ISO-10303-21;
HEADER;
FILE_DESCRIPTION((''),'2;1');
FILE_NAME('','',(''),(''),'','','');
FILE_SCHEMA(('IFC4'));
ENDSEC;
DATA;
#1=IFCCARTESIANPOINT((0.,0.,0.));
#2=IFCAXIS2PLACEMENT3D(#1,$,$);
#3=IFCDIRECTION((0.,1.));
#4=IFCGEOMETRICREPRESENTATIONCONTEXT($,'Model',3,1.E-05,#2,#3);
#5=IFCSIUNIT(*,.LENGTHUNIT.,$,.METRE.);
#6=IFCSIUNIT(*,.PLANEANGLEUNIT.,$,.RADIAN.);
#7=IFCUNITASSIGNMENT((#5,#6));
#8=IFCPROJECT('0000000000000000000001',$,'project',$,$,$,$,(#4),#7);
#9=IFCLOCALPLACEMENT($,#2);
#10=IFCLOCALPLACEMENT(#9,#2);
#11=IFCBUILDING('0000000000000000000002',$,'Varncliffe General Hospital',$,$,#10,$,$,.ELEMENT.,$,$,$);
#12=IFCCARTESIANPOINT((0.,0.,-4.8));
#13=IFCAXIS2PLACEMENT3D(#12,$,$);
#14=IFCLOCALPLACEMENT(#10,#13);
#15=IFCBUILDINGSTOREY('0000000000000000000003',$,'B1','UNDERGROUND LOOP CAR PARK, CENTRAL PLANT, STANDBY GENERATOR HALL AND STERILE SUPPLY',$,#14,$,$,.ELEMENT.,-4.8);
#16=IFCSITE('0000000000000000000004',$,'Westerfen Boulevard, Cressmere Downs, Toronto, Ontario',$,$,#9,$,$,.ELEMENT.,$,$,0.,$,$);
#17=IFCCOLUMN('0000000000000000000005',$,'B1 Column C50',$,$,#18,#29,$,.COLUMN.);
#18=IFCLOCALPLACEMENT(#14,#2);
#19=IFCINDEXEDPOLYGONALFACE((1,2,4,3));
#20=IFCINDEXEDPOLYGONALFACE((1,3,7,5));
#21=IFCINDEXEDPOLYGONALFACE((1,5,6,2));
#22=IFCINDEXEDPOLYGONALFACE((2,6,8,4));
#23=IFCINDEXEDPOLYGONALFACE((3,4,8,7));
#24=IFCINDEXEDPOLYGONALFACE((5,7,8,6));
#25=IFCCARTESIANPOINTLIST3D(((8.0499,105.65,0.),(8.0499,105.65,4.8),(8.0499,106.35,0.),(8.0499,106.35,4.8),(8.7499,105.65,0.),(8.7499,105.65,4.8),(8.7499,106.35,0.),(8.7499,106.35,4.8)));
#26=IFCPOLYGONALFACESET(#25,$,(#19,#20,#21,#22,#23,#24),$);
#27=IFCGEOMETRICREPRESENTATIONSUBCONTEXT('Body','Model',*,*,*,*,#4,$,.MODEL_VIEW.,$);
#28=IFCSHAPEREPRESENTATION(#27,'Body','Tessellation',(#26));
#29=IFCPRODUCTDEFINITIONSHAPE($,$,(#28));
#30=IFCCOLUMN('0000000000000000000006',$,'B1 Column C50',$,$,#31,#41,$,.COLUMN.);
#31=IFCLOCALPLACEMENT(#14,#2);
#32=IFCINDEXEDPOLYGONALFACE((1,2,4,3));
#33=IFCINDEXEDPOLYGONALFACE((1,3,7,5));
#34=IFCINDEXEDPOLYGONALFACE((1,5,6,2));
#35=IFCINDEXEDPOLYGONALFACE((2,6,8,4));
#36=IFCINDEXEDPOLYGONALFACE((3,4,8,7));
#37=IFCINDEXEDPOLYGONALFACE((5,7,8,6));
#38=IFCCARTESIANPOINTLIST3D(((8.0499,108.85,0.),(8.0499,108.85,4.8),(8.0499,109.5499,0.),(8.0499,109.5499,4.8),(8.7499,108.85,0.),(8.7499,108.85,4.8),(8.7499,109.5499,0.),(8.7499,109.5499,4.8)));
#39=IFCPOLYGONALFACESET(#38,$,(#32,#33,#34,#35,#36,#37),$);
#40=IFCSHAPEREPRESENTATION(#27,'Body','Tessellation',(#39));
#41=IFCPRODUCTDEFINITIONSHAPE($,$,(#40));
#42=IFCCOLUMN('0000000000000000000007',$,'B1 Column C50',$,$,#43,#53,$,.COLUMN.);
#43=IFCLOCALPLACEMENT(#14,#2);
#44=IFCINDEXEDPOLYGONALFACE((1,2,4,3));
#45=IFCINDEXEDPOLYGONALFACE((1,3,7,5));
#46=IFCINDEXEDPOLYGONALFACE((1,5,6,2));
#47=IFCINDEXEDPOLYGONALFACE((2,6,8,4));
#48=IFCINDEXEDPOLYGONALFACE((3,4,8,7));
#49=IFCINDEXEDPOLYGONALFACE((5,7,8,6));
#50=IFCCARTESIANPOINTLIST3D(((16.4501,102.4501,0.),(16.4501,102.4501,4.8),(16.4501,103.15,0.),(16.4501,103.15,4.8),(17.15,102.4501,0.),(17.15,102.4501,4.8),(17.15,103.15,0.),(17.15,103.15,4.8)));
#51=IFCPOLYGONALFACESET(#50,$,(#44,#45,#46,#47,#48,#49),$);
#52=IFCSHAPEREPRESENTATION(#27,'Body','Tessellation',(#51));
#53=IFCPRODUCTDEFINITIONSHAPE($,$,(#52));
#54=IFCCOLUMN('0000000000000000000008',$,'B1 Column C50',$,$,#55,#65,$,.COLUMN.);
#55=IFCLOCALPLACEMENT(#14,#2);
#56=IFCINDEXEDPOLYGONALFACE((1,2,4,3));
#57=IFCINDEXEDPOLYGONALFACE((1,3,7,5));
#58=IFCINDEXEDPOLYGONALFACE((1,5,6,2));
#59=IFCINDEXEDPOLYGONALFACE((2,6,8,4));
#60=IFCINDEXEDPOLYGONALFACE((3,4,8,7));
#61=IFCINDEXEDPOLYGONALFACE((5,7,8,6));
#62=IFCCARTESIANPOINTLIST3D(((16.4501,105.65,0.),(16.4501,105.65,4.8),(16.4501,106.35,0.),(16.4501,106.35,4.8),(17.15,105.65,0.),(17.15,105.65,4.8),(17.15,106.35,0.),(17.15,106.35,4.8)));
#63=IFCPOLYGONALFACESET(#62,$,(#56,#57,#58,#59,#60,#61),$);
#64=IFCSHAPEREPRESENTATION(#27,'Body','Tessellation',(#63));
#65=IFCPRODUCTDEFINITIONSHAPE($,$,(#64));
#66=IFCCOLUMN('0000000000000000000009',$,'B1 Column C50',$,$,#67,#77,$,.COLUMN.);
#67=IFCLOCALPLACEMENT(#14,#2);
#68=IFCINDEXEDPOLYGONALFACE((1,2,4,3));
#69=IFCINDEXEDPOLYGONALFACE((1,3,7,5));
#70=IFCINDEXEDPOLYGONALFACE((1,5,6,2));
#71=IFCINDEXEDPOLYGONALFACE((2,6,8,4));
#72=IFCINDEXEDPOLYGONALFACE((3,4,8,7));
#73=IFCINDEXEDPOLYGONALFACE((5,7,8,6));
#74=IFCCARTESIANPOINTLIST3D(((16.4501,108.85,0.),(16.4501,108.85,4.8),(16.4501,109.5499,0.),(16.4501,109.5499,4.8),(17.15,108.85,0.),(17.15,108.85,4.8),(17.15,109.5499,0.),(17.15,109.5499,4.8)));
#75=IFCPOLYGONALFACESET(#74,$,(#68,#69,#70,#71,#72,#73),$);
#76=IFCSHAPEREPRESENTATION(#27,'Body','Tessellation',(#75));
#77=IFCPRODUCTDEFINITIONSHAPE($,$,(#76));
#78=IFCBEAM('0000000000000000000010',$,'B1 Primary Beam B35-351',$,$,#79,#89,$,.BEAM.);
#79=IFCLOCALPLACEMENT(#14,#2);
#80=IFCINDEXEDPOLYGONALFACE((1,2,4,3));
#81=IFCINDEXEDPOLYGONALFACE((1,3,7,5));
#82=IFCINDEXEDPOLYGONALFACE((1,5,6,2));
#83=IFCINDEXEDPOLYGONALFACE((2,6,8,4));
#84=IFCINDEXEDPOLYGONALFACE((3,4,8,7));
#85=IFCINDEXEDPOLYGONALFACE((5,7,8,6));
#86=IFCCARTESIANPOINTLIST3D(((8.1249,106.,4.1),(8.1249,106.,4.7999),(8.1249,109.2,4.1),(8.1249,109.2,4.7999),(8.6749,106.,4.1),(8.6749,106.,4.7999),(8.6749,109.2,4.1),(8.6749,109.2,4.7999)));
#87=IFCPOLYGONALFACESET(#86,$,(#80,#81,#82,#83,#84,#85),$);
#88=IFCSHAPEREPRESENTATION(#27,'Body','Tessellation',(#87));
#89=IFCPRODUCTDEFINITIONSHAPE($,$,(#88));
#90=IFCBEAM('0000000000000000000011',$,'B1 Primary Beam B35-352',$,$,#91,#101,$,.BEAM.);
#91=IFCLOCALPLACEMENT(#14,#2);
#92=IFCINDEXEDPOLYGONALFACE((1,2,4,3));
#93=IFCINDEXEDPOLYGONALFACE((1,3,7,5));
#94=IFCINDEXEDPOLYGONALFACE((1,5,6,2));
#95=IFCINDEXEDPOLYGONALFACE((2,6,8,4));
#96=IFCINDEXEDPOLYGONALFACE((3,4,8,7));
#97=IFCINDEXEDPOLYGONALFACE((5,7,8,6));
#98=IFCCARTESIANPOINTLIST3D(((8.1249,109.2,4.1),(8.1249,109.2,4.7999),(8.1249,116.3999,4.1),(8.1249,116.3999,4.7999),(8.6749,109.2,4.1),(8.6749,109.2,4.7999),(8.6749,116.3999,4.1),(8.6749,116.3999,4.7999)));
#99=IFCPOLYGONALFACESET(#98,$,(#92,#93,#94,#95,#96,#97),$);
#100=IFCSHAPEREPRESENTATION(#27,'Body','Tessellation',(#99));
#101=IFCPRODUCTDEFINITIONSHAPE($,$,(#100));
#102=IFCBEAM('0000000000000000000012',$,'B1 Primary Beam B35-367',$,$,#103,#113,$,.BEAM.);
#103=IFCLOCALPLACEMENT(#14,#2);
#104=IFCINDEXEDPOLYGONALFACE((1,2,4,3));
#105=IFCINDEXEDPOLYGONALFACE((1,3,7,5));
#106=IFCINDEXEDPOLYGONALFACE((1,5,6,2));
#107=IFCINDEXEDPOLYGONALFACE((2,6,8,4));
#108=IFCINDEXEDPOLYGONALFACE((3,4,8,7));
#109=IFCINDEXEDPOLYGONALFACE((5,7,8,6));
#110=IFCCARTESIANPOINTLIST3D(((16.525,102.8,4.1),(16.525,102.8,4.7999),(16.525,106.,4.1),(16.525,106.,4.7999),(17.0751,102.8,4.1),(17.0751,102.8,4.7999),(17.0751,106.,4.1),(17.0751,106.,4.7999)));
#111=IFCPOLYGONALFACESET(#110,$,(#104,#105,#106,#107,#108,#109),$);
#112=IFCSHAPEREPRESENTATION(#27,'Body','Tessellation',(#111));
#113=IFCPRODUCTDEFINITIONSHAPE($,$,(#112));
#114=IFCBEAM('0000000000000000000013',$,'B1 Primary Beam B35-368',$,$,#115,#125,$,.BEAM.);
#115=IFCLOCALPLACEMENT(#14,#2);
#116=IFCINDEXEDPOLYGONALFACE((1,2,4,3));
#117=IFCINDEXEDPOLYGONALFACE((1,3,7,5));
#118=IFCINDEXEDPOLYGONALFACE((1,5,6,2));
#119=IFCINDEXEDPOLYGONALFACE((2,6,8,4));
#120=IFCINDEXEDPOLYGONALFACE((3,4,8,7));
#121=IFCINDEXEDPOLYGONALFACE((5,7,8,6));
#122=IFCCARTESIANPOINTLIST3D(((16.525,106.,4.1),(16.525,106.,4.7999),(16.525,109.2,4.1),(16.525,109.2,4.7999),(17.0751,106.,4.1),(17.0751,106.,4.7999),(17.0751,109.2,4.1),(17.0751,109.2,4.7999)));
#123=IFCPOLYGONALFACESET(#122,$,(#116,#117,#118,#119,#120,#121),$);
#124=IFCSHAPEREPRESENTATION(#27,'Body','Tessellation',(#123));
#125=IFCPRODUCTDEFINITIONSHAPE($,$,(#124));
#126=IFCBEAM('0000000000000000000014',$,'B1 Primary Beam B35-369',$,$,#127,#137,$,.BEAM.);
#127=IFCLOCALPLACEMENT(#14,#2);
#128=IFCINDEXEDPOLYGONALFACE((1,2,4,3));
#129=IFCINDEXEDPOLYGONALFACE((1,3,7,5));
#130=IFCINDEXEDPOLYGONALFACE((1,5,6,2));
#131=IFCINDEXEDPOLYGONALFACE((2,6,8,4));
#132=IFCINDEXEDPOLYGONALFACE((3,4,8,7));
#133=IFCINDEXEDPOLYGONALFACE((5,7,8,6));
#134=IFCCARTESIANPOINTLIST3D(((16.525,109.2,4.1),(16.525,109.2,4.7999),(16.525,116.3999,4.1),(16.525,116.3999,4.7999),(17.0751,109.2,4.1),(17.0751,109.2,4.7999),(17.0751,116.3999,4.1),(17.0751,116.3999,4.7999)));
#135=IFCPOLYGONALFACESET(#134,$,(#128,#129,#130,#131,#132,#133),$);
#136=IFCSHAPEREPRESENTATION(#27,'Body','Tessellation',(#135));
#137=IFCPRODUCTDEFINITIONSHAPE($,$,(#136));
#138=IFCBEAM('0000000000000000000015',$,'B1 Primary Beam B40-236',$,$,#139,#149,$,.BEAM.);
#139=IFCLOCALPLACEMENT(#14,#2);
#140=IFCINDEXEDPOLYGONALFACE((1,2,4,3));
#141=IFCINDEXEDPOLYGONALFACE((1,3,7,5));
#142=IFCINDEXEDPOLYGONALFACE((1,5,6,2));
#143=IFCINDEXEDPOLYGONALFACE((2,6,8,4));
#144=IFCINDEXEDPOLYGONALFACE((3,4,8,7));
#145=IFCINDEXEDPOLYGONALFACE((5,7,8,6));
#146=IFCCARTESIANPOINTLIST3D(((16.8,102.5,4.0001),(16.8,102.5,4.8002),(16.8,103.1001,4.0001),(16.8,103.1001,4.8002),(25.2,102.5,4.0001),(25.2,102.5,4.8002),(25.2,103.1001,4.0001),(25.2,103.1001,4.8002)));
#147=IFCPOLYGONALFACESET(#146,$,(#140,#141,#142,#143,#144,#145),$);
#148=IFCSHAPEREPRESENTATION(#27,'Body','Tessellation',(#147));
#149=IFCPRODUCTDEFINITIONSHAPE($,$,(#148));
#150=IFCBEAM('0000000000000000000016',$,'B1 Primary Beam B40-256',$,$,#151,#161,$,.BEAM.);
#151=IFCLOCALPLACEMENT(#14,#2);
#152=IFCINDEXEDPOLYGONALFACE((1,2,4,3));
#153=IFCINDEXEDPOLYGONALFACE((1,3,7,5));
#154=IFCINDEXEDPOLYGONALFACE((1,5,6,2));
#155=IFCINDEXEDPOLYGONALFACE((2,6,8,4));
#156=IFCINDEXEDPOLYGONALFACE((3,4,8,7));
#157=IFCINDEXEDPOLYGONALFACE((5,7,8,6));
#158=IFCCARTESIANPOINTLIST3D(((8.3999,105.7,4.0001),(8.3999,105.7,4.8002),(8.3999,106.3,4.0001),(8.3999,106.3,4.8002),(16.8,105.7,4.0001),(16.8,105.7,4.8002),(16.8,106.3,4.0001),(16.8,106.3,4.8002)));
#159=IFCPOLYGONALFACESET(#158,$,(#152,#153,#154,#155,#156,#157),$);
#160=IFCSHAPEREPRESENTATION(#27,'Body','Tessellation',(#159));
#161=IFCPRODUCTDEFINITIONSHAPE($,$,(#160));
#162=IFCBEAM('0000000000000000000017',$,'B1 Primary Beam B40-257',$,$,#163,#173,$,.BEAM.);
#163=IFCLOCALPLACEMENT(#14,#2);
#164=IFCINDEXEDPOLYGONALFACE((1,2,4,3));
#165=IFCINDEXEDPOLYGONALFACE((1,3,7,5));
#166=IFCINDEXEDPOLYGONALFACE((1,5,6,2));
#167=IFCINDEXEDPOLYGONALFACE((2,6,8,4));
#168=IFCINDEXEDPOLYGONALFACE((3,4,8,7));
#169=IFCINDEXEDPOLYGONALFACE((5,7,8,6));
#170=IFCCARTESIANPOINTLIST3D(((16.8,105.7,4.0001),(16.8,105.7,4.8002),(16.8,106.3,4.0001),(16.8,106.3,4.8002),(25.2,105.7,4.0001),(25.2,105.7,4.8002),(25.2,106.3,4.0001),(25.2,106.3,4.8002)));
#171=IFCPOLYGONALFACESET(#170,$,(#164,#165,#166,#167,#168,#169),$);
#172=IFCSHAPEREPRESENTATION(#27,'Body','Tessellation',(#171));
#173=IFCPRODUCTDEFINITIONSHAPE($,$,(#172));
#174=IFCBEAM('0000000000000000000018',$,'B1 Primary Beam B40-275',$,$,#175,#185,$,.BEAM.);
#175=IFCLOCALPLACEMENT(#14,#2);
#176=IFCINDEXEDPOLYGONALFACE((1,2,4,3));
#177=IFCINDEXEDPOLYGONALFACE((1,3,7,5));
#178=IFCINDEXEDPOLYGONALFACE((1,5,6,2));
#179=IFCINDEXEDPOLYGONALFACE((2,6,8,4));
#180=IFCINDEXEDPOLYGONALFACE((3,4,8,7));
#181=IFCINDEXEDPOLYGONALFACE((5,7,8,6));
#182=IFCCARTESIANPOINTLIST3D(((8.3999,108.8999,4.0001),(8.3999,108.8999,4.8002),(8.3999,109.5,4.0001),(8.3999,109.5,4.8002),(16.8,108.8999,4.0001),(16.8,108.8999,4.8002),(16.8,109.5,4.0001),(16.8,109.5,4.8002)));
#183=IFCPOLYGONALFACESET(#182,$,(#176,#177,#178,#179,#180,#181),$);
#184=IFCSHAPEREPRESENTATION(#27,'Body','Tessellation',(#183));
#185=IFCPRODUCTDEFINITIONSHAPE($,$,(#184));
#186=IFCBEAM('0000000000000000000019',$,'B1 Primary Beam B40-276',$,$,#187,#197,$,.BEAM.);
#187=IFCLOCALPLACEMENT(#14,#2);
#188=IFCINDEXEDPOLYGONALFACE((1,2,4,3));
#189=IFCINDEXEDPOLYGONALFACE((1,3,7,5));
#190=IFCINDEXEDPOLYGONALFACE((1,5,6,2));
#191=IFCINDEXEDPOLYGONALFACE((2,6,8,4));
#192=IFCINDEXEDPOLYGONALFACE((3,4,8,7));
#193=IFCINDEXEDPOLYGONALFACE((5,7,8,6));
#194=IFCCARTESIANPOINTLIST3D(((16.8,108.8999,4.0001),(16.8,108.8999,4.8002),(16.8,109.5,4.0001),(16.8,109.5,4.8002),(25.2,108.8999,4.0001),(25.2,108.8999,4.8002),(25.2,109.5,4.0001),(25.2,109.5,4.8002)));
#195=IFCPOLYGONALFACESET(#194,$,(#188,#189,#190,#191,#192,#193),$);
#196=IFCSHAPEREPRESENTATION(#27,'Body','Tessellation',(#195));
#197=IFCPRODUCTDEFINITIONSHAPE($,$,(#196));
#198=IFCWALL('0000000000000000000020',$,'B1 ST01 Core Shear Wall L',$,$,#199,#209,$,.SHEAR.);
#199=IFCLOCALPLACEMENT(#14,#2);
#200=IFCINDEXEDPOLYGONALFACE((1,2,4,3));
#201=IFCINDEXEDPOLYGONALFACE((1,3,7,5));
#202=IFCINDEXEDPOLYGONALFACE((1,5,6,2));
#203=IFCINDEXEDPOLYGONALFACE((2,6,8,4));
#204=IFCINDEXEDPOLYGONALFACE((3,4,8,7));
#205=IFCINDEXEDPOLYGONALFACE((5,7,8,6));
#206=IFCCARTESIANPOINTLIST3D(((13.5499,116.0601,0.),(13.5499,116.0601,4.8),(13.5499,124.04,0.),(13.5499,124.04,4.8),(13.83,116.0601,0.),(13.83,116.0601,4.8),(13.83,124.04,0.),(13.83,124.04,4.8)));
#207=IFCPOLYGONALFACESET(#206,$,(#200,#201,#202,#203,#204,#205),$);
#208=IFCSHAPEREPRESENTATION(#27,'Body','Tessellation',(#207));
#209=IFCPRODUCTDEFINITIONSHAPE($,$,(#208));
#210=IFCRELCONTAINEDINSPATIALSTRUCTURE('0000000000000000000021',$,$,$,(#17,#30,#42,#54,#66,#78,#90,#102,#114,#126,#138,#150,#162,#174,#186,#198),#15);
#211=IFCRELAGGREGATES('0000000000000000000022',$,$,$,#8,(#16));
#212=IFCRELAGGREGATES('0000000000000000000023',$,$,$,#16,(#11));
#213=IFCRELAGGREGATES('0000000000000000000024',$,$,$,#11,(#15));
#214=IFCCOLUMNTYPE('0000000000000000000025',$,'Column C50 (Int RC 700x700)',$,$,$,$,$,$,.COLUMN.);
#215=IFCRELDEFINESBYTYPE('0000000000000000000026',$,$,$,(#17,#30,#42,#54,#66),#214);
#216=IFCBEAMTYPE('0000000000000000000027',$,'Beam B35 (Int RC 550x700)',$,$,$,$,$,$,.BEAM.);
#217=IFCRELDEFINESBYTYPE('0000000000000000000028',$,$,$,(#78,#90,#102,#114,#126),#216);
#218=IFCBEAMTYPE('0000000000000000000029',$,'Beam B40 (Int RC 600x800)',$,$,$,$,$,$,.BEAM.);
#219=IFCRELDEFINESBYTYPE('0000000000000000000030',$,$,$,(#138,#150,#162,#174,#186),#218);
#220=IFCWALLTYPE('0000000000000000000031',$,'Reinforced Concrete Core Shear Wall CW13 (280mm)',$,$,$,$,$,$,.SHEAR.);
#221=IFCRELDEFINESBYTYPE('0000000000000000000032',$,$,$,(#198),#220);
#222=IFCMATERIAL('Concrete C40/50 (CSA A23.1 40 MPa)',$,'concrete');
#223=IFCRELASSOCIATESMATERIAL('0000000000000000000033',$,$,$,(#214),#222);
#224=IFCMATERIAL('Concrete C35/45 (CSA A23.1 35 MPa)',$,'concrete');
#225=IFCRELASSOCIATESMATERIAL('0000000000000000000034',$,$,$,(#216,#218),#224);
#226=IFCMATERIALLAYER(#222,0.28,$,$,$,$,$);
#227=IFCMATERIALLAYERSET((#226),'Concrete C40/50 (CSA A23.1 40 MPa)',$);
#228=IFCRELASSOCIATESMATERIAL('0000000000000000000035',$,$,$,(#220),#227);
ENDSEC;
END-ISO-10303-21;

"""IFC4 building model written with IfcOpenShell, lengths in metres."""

from ifc_helpers import new_model, si_unit, direction, frame, frame_2d, origin, origin_2d, place, context, subcontext, project, spatial, rectangle, extrude, material, layer, layer_set, material_profile, profile_set, type_object, element, save


model = new_model("IFC4")

# Units and contexts
model_context = context("Model", 3, precision=1e-05, world=origin(), true_north=direction((0.0, 1.0)))
body_context = subcontext(model_context, "Body", "Model", "MODEL_VIEW")
ifc_project = project(units=[si_unit("LENGTHUNIT", "METRE"), si_unit("PLANEANGLEUNIT", "RADIAN")], contexts=[model_context])

# Site, building, storey
site_placement = place(None, origin())
site = spatial("IfcSite", under=ifc_project, at=site_placement, Name="Westerfen Boulevard, Cressmere Downs, Toronto, Ontario", CompositionType="ELEMENT", RefElevation=0.0)
building_placement = place(site_placement, origin())
building = spatial("IfcBuilding", under=site, at=building_placement, Name="Varncliffe General Hospital", CompositionType="ELEMENT")
storey_placement = place(building_placement, frame((0.0, 0.0, -4.8)))
storey = spatial("IfcBuildingStorey", under=building, at=storey_placement, Name="B1", Description="UNDERGROUND LOOP CAR PARK, CENTRAL PLANT, STANDBY GENERATOR HALL AND STERILE SUPPLY", CompositionType="ELEMENT", Elevation=-4.8)

# Shared definitions
ifc_material_1 = material(Name="Concrete C40/50 (CSA A23.1 40 MPa)", Category="concrete")

# Columns
ifc_material_profile_1 = material_profile(ifc_material_1, rectangle(XDim=0.7, YDim=0.7, at=origin_2d()), Name="RC 700x700")
ifc_profile_set_1 = profile_set([ifc_material_profile_1], Name="Concrete C40/50 (CSA A23.1 40 MPa)")
column_type = type_object("IfcColumnType", Name="Column C50 (Int RC 700x700)", PredefinedType="COLUMN", material=ifc_profile_set_1)
for number, where, z_axis, x_axis, name in (
    (1, (8.3999, 106.0, 0.0), (0.0, 0.0, 1.0), (1.0, 0.0, 0.0), "B1 Column C50"),
    (2, (8.3999, 109.2, 0.0), (0.0, 0.0, 1.0), (1.0, 0.0, 0.0), "B1 Column C50"),
    (3, (16.8, 102.8, 0.0), (0.0, 0.0, 1.0), (1.0, 0.0, 0.0), "B1 Column C50"),
    (4, (16.8, 106.0, 0.0), (0.0, 0.0, 1.0), (1.0, 0.0, 0.0), "B1 Column C50"),
    (5, (16.8, 109.2, 0.0), (0.0, 0.0, 1.0), (1.0, 0.0, 0.0), "B1 Column C50"),
):
    element("IfcColumn", number, at=place(storey_placement, frame(where, z_axis=z_axis, x_axis=x_axis)), inside=storey, type_object=column_type, Name=name, PredefinedType="COLUMN", context=body_context, shape_type="SweptSolid", body=[
        extrude(rectangle(XDim=0.7, YDim=0.7, at=origin_2d()), origin(), (0.0, 0.0, 1.0), 4.8),
    ])

# Beams
ifc_material_2 = material(Name="Concrete C35/45 (CSA A23.1 35 MPa)", Category="concrete")
ifc_material_profile_2 = material_profile(ifc_material_2, rectangle(XDim=0.55, YDim=0.7, at=origin_2d()), Name="RC 550x700")
ifc_profile_set_2 = profile_set([ifc_material_profile_2], Name="Concrete C35/45 (CSA A23.1 35 MPa)")
beam_type_1 = type_object("IfcBeamType", Name="Beam B35 (Int RC 550x700)", PredefinedType="BEAM", material=ifc_profile_set_2)
beam_1_placement = place(storey_placement, frame((8.3999, 106.0, 4.45), z_axis=(0.0, 1.0, 0.0), x_axis=(-1.0, 0.0, 0.0)))
element("IfcBeam", 6, at=beam_1_placement, inside=storey, type_object=beam_type_1, Name="B1 Primary Beam B35-351", PredefinedType="BEAM", context=body_context, shape_type="SweptSolid", body=[
    extrude(rectangle(XDim=0.55, YDim=0.7, at=origin_2d()), origin(), (0.0, 0.0, 1.0), 3.2),
])
beam_2_placement = place(storey_placement, frame((8.3999, 109.2, 4.45), z_axis=(0.0, 1.0, 0.0), x_axis=(-1.0, 0.0, 0.0)))
element("IfcBeam", 7, at=beam_2_placement, inside=storey, type_object=beam_type_1, Name="B1 Primary Beam B35-352", PredefinedType="BEAM", context=body_context, shape_type="SweptSolid", body=[
    extrude(rectangle(XDim=0.55, YDim=0.7, at=origin_2d()), origin(), (0.0, 0.0, 1.0), 7.2),
])
for number, where, z_axis, x_axis, name in (
    (8, (16.8, 102.8, 4.45), (0.0, 1.0, 0.0), (-1.0, 0.0, 0.0), "B1 Primary Beam B35-367"),
    (9, (16.8, 106.0, 4.45), (0.0, 1.0, 0.0), (-1.0, 0.0, 0.0), "B1 Primary Beam B35-368"),
):
    element("IfcBeam", number, at=place(storey_placement, frame(where, z_axis=z_axis, x_axis=x_axis)), inside=storey, type_object=beam_type_1, Name=name, PredefinedType="BEAM", context=body_context, shape_type="SweptSolid", body=[
        extrude(rectangle(XDim=0.55, YDim=0.7, at=origin_2d()), origin(), (0.0, 0.0, 1.0), 3.2),
    ])
beam_3_placement = place(storey_placement, frame((16.8, 109.2, 4.45), z_axis=(0.0, 1.0, 0.0), x_axis=(-1.0, 0.0, 0.0)))
element("IfcBeam", 10, at=beam_3_placement, inside=storey, type_object=beam_type_1, Name="B1 Primary Beam B35-369", PredefinedType="BEAM", context=body_context, shape_type="SweptSolid", body=[
    extrude(rectangle(XDim=0.55, YDim=0.7, at=origin_2d()), origin(), (0.0, 0.0, 1.0), 7.2),
])
ifc_material_profile_3 = material_profile(ifc_material_2, rectangle(XDim=0.6001, YDim=0.8, at=origin_2d()), Name="RC 600x800")
ifc_profile_set_3 = profile_set([ifc_material_profile_3], Name="Concrete C35/45 (CSA A23.1 35 MPa)")
beam_type_2 = type_object("IfcBeamType", Name="Beam B40 (Int RC 600x800)", PredefinedType="BEAM", material=ifc_profile_set_3)
beam_4_placement = place(storey_placement, frame((16.8, 102.8, 4.4001), z_axis=(1.0, 0.0, 0.0), x_axis=(0.0, 1.0, 0.0)))
element("IfcBeam", 11, at=beam_4_placement, inside=storey, type_object=beam_type_2, Name="B1 Primary Beam B40-236", PredefinedType="BEAM", context=body_context, shape_type="SweptSolid", body=[
    extrude(rectangle(XDim=0.6001, YDim=0.8, at=origin_2d()), origin(), (0.0, 0.0, 1.0), 8.3999),
])
beam_5_placement = place(storey_placement, frame((8.3999, 106.0, 4.4001), z_axis=(1.0, 0.0, 0.0), x_axis=(0.0, 1.0, 0.0)))
element("IfcBeam", 12, at=beam_5_placement, inside=storey, type_object=beam_type_2, Name="B1 Primary Beam B40-256", PredefinedType="BEAM", context=body_context, shape_type="SweptSolid", body=[
    extrude(rectangle(XDim=0.6001, YDim=0.8, at=origin_2d()), origin(), (0.0, 0.0, 1.0), 8.4001),
])
beam_6_placement = place(storey_placement, frame((16.8, 106.0, 4.4001), z_axis=(1.0, 0.0, 0.0), x_axis=(0.0, 1.0, 0.0)))
element("IfcBeam", 13, at=beam_6_placement, inside=storey, type_object=beam_type_2, Name="B1 Primary Beam B40-257", PredefinedType="BEAM", context=body_context, shape_type="SweptSolid", body=[
    extrude(rectangle(XDim=0.6001, YDim=0.8, at=origin_2d()), origin(), (0.0, 0.0, 1.0), 8.3999),
])
beam_7_placement = place(storey_placement, frame((8.3999, 109.2, 4.4001), z_axis=(1.0, 0.0, 0.0), x_axis=(0.0, 1.0, 0.0)))
element("IfcBeam", 14, at=beam_7_placement, inside=storey, type_object=beam_type_2, Name="B1 Primary Beam B40-275", PredefinedType="BEAM", context=body_context, shape_type="SweptSolid", body=[
    extrude(rectangle(XDim=0.6001, YDim=0.8, at=origin_2d()), origin(), (0.0, 0.0, 1.0), 8.4001),
])
beam_8_placement = place(storey_placement, frame((16.8, 109.2, 4.4001), z_axis=(1.0, 0.0, 0.0), x_axis=(0.0, 1.0, 0.0)))
element("IfcBeam", 15, at=beam_8_placement, inside=storey, type_object=beam_type_2, Name="B1 Primary Beam B40-276", PredefinedType="BEAM", context=body_context, shape_type="SweptSolid", body=[
    extrude(rectangle(XDim=0.6001, YDim=0.8, at=origin_2d()), origin(), (0.0, 0.0, 1.0), 8.3999),
])

# Wall
ifc_layer = layer(ifc_material_1, 0.28)
ifc_layer_set = layer_set([ifc_layer], Name="Concrete C40/50 (CSA A23.1 40 MPa)")
wall_type = type_object("IfcWallType", Name="Reinforced Concrete Core Shear Wall CW13 (280mm)", PredefinedType="SHEAR", material=ifc_layer_set)
wall_1_placement = place(storey_placement, frame((13.6899, 116.0601, 0.0), z_axis=(0.0, 0.0, 1.0), x_axis=(0.0, 1.0, 0.0)))
element("IfcWall", 16, at=wall_1_placement, inside=storey, type_object=wall_type, Name="B1 ST01 Core Shear Wall L", PredefinedType="SHEAR", context=body_context, shape_type="SweptSolid", body=[
    extrude(rectangle(XDim=7.98, YDim=0.28, at=frame_2d((3.99, 0.0))), origin(), (0.0, 0.0, 1.0), 4.8),
])

save(model, "model.ifc")
